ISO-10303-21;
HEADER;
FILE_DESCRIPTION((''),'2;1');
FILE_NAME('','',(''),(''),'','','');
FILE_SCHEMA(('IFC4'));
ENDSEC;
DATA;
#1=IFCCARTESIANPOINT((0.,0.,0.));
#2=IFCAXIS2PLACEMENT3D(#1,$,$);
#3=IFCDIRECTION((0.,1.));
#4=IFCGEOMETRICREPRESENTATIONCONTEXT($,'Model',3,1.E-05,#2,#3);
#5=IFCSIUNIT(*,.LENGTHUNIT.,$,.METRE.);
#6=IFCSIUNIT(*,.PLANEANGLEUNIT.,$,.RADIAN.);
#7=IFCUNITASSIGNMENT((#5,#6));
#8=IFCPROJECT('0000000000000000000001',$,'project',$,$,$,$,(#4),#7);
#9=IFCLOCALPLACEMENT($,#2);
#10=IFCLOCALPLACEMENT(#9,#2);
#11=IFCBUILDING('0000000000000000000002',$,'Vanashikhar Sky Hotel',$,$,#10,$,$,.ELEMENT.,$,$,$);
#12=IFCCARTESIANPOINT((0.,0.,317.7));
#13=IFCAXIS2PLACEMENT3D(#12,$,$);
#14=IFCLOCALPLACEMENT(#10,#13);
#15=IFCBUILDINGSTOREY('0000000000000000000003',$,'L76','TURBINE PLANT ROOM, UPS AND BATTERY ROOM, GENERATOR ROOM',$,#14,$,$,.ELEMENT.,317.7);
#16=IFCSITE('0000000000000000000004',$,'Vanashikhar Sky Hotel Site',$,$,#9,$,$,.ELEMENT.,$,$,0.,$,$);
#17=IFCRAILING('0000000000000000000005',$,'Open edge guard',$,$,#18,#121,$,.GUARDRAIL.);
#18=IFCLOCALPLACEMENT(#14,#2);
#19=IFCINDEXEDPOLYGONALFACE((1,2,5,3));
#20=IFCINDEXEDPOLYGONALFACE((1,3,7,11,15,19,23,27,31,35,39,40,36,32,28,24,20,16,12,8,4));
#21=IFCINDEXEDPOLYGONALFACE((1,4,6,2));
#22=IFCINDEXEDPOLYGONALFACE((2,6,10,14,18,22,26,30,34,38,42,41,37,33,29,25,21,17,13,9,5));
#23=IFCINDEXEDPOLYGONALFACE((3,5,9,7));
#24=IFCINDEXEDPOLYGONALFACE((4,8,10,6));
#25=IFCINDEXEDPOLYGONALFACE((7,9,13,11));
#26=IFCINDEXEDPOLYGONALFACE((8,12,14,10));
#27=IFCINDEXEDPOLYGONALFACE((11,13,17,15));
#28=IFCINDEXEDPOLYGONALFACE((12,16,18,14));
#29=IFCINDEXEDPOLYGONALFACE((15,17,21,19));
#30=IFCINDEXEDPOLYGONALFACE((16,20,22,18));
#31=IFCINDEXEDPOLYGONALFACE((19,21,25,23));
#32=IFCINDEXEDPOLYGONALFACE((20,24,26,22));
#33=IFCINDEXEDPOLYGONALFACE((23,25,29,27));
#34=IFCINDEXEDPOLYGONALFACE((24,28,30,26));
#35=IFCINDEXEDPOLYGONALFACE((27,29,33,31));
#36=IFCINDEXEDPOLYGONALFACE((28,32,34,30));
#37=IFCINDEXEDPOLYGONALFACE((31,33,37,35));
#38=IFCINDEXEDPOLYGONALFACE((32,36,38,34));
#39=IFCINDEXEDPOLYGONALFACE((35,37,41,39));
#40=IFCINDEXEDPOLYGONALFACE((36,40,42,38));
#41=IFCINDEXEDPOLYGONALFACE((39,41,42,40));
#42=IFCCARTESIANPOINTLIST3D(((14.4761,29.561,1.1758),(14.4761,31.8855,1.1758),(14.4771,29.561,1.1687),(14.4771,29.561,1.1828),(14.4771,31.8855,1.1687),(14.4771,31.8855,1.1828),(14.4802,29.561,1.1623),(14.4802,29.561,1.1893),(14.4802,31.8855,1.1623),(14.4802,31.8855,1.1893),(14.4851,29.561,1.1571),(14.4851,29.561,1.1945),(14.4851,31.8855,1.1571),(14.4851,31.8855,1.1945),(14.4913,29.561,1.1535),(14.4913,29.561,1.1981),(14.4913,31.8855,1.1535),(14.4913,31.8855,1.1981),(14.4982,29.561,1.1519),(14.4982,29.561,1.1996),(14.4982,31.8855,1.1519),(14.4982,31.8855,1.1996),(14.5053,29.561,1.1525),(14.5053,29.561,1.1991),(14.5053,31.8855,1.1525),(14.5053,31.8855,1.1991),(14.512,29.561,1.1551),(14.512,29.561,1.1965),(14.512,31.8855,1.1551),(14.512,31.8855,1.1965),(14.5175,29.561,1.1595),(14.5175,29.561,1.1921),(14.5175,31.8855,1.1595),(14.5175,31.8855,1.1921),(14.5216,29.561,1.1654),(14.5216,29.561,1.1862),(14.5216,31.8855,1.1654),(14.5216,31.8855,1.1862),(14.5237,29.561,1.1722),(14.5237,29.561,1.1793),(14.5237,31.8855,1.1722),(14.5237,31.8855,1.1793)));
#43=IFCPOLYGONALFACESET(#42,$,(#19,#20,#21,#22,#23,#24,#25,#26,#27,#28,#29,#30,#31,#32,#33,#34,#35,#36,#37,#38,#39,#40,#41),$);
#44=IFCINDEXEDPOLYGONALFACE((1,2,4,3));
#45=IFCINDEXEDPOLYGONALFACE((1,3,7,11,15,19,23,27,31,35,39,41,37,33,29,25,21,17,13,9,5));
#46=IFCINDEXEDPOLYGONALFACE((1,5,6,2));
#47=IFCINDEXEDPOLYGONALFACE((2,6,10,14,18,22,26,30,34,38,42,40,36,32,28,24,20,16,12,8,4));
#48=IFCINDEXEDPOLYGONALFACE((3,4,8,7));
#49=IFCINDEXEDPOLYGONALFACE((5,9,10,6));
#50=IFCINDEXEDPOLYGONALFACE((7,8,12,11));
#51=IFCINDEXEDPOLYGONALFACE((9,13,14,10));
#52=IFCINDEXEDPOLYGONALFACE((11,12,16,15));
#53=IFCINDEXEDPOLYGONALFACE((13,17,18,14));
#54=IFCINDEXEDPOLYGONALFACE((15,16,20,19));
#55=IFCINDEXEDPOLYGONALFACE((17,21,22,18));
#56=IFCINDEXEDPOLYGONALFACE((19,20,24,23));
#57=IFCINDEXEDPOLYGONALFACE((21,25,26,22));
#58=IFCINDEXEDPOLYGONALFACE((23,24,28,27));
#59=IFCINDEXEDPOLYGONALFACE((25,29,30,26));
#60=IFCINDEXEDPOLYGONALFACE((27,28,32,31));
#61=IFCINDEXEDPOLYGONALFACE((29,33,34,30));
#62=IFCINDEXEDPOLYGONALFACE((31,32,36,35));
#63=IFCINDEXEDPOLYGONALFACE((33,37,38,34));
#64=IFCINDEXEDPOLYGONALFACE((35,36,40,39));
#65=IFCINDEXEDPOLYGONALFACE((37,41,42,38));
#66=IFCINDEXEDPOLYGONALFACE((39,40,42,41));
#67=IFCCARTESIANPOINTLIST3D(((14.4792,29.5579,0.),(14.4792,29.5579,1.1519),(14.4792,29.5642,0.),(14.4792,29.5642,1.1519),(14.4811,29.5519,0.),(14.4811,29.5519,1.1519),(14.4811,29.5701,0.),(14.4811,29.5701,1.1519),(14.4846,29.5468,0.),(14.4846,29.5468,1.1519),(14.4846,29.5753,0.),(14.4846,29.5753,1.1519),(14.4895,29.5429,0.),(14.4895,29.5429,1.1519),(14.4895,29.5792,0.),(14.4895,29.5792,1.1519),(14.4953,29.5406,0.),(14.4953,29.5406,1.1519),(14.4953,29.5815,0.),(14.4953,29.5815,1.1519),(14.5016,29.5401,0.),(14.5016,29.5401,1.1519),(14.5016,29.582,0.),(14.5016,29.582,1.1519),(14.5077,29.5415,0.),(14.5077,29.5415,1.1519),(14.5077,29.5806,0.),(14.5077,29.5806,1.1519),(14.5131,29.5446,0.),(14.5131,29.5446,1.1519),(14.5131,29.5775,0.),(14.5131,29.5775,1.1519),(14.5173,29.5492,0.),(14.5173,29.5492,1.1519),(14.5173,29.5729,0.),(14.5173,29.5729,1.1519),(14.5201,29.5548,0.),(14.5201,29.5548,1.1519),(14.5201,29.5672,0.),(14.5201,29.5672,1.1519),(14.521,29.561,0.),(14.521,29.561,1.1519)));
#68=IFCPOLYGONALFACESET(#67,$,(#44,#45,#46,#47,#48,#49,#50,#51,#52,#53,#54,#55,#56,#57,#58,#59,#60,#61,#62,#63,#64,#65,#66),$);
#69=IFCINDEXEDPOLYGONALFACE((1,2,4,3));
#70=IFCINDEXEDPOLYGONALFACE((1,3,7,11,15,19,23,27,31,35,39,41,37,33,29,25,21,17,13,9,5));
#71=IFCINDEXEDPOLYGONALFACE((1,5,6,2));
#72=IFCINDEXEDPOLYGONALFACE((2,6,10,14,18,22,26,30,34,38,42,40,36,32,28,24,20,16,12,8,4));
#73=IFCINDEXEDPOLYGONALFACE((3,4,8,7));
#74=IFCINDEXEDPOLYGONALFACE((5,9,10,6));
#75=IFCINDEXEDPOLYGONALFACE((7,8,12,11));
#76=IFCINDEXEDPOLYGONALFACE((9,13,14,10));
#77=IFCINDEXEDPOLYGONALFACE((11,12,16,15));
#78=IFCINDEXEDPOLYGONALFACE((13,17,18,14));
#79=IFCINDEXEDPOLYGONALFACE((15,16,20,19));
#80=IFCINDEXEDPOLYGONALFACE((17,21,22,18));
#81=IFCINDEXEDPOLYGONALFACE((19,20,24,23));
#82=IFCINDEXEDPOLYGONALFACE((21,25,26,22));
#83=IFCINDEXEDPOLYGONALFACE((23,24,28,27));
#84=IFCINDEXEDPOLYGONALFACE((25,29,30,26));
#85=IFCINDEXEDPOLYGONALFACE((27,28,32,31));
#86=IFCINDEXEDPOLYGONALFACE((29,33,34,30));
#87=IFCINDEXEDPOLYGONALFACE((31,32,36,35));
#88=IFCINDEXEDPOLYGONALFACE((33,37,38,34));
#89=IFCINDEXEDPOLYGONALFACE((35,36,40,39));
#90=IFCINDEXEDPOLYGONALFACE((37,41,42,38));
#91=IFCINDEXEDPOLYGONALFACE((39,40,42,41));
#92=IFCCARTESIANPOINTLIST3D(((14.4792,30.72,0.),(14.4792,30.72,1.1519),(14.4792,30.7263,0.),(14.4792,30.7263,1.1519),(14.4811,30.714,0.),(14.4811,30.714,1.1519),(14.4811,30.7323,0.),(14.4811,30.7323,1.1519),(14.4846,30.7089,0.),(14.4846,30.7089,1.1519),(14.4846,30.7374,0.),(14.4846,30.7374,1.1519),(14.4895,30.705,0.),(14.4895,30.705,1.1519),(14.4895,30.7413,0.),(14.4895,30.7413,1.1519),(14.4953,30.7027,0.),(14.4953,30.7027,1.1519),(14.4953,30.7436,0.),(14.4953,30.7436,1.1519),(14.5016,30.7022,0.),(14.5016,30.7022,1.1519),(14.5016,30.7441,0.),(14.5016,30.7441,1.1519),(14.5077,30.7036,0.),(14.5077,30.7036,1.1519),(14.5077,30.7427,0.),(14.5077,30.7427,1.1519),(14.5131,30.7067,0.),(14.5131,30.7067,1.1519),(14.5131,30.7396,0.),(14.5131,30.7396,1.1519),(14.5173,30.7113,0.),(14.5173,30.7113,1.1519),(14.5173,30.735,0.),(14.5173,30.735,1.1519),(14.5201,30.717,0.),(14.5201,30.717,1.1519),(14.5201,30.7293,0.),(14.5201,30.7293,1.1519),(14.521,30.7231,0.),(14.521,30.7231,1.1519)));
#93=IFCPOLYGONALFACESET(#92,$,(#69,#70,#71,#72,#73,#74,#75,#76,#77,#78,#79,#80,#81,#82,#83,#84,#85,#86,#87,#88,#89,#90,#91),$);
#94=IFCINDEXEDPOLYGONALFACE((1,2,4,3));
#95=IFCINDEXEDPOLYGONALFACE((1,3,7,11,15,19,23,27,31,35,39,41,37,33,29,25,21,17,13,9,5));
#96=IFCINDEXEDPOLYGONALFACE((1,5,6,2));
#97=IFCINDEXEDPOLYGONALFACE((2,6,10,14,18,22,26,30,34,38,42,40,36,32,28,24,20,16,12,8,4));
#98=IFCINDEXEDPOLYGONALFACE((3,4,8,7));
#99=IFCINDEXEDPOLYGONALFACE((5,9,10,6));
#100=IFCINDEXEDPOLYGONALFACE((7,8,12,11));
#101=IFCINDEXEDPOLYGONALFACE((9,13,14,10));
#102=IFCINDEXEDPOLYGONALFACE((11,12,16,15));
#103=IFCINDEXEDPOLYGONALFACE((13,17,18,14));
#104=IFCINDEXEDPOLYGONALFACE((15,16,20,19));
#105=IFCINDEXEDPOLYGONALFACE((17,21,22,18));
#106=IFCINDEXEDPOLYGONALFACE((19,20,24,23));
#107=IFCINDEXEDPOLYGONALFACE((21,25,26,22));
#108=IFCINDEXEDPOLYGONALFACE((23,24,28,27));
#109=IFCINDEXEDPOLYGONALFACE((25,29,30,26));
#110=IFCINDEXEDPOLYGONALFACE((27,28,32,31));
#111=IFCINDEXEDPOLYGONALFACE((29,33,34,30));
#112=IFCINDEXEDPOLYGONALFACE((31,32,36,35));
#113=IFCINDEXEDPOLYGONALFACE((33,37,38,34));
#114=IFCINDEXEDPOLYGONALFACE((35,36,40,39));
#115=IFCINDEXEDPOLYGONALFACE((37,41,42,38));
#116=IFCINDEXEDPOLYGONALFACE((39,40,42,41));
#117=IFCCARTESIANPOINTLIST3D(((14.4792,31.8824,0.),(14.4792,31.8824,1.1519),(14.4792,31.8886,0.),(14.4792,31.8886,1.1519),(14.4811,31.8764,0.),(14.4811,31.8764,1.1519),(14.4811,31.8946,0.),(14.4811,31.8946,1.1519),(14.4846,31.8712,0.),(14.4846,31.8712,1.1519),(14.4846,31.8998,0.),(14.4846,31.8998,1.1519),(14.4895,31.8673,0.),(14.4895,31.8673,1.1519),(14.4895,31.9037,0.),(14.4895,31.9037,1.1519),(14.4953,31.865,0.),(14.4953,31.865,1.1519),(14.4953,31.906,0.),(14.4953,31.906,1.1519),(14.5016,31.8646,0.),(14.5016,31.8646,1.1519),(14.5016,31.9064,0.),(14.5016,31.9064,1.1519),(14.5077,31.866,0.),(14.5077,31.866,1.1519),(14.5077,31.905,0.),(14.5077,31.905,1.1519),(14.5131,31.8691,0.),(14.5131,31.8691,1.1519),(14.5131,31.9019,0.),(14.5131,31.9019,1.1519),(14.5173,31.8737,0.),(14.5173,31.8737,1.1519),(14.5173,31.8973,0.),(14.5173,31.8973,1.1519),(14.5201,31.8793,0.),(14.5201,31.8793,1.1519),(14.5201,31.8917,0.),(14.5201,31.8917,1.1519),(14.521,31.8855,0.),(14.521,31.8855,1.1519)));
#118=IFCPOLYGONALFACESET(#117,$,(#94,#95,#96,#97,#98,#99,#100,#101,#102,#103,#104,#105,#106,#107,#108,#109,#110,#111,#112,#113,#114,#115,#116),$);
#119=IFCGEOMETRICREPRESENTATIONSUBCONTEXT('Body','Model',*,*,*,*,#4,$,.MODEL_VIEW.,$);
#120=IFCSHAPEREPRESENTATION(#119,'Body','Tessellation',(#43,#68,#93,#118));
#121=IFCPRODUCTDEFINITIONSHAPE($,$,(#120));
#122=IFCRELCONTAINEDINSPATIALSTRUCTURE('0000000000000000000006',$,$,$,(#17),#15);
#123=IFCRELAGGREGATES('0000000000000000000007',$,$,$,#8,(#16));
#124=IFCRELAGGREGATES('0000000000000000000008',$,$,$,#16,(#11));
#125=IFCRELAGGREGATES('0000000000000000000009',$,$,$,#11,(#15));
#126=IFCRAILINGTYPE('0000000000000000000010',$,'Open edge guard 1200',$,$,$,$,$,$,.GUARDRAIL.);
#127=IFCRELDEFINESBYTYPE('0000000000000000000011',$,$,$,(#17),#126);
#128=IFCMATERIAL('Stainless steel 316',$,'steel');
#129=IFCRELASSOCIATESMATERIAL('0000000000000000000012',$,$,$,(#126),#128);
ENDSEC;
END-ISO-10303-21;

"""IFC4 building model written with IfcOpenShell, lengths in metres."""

from ifc_helpers import new_model, si_unit, direction, frame, origin, origin_2d, place, context, subcontext, project, spatial, circle, extrude, source, transform, mapped, material, type_object, element, save


model = new_model("IFC4")

# Units and contexts
model_context = context("Model", 3, precision=1e-05, world=origin(), true_north=direction((0.0, 1.0)))
body_context = subcontext(model_context, "Body", "Model", "MODEL_VIEW")
ifc_project = project(units=[si_unit("LENGTHUNIT", "METRE"), si_unit("PLANEANGLEUNIT", "RADIAN")], contexts=[model_context])

# Site, building, storey
site_placement = place(None, origin())
site = spatial("IfcSite", under=ifc_project, at=site_placement, Name="Vanashikhar Sky Hotel Site", CompositionType="ELEMENT", RefElevation=0.0)
building_placement = place(site_placement, origin())
building = spatial("IfcBuilding", under=site, at=building_placement, Name="Vanashikhar Sky Hotel", CompositionType="ELEMENT")
storey_placement = place(building_placement, frame((0.0, 0.0, 317.7)))
storey = spatial("IfcBuildingStorey", under=building, at=storey_placement, Name="L76", Description="TURBINE PLANT ROOM, UPS AND BATTERY ROOM, GENERATOR ROOM", CompositionType="ELEMENT", Elevation=317.7)

# Railing
ifc_material_1 = material(Name="Stainless steel 316", Category="steel")
railing_type_1 = type_object("IfcRailingType", Name="Open edge guard 1200", PredefinedType="GUARDRAIL", material=ifc_material_1)
shared_shape_1 = source(origin(), body_context, "Body", "SweptSolid", [
    extrude(circle(Radius=0.0239, at=origin_2d()), frame((0.0, 0.0, 1.1758), z_axis=(0.0, 1.0, 0.0), x_axis=(-1.0, 0.0, 0.0)), (0.0, 0.0, 1.0), 2.3245),
    extrude(circle(Radius=0.021, at=origin_2d()), origin(), (0.0, 0.0, 1.0), 1.1519),
    extrude(circle(Radius=0.021, at=origin_2d()), frame((0.0, 1.1621, 0.0)), (0.0, 0.0, 1.0), 1.1519),
    extrude(circle(Radius=0.021, at=origin_2d()), frame((0.0, 2.3245, 0.0)), (0.0, 0.0, 1.0), 1.1519),
])
for number, where, name in (
    (1, (14.5, 29.561, 0.0), "Open edge guard"),
):
    element("IfcRailing", number, at=place(storey_placement, frame(where)), inside=storey, type_object=railing_type_1, Name=name, PredefinedType="GUARDRAIL", context=body_context, shape_type="MappedRepresentation", body=[
        mapped(shared_shape_1, transform((0.0, 0.0, 0.0), scale=1.0)),
    ])

save(model, "model.ifc")
